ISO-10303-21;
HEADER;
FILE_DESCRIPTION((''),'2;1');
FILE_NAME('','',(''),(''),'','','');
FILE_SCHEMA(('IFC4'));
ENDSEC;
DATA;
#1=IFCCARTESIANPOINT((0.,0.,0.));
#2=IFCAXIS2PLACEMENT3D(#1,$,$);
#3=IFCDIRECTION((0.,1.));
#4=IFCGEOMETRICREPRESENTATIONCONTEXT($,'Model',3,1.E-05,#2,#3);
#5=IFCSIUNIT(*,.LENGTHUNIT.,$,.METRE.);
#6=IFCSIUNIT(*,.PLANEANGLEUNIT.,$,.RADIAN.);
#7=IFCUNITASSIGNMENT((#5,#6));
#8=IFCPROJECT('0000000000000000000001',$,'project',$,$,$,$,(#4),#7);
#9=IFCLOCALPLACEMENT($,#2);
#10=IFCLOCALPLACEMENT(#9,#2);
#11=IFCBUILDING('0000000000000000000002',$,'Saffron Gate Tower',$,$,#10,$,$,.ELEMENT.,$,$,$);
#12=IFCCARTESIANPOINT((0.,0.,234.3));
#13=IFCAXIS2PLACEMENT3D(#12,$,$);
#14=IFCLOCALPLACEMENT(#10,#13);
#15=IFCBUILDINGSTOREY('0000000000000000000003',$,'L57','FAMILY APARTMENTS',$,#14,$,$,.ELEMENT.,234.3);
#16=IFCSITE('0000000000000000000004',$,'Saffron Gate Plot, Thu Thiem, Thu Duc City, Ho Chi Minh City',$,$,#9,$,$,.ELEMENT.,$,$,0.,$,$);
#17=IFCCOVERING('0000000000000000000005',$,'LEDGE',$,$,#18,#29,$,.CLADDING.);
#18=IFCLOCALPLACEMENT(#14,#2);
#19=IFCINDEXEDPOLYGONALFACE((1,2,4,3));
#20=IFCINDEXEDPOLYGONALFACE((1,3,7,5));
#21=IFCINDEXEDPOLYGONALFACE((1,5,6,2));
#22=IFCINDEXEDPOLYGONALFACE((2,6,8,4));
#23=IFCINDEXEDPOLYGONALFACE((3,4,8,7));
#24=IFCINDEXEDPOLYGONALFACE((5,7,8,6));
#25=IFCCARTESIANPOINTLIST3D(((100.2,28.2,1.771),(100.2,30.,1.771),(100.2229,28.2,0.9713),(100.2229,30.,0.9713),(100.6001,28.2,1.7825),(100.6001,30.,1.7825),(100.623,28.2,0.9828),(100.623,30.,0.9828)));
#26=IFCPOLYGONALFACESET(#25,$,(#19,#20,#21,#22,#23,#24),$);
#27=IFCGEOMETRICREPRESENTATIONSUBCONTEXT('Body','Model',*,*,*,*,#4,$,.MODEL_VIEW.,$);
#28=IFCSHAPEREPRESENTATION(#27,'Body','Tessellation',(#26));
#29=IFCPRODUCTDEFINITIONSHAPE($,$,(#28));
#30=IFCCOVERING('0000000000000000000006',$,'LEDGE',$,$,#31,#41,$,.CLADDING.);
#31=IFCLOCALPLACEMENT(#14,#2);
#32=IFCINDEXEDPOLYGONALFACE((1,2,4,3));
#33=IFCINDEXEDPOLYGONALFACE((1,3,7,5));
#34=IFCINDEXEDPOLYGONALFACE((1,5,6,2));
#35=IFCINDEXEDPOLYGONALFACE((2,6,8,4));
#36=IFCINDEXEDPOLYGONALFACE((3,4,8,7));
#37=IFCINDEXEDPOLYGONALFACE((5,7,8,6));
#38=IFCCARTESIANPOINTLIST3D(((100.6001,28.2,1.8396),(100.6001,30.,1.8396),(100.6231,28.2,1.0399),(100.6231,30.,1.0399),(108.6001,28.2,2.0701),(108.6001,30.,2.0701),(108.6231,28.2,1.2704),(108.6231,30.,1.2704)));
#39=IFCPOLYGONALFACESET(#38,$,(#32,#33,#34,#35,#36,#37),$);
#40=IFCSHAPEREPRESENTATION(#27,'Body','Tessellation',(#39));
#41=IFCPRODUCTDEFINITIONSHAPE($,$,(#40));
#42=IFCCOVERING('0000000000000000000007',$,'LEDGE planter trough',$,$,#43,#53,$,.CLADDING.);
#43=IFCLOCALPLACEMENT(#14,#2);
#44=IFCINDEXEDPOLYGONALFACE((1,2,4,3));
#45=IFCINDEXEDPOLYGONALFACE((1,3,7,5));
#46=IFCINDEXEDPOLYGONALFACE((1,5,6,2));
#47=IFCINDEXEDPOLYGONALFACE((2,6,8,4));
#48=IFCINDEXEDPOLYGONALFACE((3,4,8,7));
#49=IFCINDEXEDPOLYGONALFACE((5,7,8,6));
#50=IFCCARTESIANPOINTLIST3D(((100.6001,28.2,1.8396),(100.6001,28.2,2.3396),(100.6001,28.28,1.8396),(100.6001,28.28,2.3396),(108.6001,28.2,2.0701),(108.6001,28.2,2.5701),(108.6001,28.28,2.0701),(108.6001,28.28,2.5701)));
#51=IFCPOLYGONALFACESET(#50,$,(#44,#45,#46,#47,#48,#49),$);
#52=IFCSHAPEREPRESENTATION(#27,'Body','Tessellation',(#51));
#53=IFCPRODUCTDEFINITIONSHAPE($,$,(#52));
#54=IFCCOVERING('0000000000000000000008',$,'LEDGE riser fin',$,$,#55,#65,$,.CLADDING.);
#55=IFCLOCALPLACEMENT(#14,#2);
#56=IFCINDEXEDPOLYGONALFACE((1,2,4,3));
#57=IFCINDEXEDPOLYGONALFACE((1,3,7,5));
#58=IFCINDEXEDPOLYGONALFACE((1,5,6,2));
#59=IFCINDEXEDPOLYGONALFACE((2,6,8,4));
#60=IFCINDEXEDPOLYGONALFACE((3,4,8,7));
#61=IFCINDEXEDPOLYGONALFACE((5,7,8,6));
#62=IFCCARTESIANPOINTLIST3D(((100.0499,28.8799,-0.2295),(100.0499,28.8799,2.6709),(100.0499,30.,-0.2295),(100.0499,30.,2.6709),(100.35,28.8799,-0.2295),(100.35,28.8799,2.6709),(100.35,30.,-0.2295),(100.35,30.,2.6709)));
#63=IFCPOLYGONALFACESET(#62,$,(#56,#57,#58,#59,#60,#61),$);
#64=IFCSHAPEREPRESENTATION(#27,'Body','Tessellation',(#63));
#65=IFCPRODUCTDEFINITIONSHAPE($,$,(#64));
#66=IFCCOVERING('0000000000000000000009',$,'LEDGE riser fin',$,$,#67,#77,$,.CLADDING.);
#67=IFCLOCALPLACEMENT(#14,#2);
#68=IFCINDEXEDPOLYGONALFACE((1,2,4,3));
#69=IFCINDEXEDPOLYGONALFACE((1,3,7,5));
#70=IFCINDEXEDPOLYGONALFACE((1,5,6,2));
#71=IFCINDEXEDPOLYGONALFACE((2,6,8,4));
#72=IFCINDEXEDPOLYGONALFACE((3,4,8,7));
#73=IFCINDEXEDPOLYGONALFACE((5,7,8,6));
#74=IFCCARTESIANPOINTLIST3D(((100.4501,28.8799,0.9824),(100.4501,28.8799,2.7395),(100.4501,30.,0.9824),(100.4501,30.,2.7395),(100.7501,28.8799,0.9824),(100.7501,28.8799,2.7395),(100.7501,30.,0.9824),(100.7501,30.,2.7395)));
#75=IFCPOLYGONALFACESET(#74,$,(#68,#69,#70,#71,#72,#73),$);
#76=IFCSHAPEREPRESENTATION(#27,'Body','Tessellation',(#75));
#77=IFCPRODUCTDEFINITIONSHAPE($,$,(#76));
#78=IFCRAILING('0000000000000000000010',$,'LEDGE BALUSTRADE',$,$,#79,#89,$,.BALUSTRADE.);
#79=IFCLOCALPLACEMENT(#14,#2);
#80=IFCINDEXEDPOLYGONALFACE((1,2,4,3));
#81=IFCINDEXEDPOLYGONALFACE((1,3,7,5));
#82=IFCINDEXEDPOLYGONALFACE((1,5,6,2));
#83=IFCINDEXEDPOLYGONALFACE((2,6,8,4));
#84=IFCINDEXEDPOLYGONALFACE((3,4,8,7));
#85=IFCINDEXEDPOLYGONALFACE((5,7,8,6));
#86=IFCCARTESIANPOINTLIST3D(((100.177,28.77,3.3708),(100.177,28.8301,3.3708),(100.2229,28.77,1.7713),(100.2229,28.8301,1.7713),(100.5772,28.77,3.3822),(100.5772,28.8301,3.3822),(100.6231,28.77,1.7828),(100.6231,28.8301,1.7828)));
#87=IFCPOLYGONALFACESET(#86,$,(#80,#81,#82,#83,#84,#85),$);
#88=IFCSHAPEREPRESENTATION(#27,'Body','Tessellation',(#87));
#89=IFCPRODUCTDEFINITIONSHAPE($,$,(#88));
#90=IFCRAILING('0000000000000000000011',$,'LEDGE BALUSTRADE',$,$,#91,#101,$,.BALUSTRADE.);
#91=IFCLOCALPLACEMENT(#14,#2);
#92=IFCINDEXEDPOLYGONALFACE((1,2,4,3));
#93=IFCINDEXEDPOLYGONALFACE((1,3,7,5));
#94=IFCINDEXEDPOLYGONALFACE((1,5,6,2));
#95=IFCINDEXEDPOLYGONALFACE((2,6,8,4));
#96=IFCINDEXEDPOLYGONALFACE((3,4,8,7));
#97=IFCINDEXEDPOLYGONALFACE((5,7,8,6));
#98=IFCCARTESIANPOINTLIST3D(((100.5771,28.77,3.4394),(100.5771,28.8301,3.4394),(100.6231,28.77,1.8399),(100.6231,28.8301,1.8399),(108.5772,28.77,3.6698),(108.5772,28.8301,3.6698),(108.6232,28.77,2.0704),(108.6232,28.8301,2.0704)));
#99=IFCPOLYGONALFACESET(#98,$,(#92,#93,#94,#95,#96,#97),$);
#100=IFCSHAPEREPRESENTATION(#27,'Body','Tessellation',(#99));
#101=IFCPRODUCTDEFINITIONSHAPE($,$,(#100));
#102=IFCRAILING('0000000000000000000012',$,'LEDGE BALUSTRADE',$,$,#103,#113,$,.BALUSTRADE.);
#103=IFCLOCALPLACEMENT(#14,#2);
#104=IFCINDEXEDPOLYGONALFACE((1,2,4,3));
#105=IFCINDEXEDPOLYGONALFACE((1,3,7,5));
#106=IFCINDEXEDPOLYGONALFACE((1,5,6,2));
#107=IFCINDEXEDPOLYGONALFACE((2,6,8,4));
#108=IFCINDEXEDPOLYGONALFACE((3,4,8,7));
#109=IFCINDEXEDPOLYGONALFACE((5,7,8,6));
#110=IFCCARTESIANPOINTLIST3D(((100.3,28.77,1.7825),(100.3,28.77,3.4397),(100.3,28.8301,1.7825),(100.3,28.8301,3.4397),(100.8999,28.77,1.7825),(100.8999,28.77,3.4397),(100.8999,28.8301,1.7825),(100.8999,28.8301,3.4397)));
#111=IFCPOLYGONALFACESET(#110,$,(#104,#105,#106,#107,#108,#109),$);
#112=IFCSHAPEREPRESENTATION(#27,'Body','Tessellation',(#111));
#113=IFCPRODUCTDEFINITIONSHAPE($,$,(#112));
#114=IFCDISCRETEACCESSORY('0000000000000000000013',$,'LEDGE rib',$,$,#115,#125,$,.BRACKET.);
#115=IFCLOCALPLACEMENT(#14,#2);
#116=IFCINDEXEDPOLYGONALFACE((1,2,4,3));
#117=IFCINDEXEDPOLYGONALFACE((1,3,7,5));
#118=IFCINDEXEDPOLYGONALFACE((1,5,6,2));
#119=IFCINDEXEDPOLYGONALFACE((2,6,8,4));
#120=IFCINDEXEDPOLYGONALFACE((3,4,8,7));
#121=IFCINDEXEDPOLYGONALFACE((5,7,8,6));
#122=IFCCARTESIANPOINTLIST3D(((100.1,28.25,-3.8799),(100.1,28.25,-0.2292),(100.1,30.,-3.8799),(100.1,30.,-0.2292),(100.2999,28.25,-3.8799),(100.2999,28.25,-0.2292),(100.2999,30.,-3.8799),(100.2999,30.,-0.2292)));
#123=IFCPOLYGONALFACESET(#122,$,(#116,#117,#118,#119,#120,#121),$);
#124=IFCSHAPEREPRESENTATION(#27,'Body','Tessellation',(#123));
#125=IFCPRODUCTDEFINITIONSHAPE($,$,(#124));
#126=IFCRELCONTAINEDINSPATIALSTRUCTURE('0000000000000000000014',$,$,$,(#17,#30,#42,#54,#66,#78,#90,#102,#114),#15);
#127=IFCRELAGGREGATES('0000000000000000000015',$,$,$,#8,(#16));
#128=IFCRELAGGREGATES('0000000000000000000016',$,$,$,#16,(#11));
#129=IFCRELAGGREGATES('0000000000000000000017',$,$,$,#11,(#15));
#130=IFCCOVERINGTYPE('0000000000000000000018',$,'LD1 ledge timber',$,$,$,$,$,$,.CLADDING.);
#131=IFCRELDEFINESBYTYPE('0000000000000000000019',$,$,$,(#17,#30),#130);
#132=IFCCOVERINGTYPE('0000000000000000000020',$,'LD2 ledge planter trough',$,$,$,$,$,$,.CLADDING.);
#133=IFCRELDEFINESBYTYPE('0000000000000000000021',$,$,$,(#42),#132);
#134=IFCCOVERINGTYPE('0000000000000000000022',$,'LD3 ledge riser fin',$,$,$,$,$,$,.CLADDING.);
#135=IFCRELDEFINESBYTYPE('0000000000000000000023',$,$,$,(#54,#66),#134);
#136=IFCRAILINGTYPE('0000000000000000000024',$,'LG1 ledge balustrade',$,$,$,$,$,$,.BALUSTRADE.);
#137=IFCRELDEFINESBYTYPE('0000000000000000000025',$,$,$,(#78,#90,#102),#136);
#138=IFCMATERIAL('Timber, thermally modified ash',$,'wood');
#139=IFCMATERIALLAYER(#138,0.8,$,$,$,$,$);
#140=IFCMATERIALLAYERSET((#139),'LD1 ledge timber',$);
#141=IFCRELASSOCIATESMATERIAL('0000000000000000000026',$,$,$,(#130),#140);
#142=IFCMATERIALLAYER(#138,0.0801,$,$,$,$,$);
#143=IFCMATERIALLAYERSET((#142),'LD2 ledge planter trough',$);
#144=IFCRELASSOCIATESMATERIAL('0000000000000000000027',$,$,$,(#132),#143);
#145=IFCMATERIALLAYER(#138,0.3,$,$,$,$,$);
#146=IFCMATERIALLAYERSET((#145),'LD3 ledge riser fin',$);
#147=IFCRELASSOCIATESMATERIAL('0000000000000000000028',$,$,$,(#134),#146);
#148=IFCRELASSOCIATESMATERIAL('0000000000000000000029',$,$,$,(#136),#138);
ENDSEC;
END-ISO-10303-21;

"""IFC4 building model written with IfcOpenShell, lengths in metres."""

from ifc_helpers import new_model, si_unit, direction, frame, origin, origin_2d, place, context, subcontext, project, spatial, polyline, rectangle, outline, extrude, material, layer, layer_set, type_object, element, save


model = new_model("IFC4")

# Units and contexts
model_context = context("Model", 3, precision=1e-05, world=origin(), true_north=direction((0.0, 1.0)))
body_context = subcontext(model_context, "Body", "Model", "MODEL_VIEW")
ifc_project = project(units=[si_unit("LENGTHUNIT", "METRE"), si_unit("PLANEANGLEUNIT", "RADIAN")], contexts=[model_context])

# Site, building, storey
site_placement = place(None, origin())
site = spatial("IfcSite", under=ifc_project, at=site_placement, Name="Saffron Gate Plot, Thu Thiem, Thu Duc City, Ho Chi Minh City", CompositionType="ELEMENT", RefElevation=0.0)
building_placement = place(site_placement, origin())
building = spatial("IfcBuilding", under=site, at=building_placement, Name="Saffron Gate Tower", CompositionType="ELEMENT")
storey_placement = place(building_placement, frame((0.0, 0.0, 234.3)))
storey = spatial("IfcBuildingStorey", under=building, at=storey_placement, Name="L57", Description="FAMILY APARTMENTS", CompositionType="ELEMENT", Elevation=234.3)

# Coverings
ifc_material_1 = material(Name="Timber, thermally modified ash", Category="wood")
ifc_layer_1 = layer(ifc_material_1, 0.8)
ifc_layer_set_1 = layer_set([ifc_layer_1], Name="LD1 ledge timber")
covering_type_1 = type_object("IfcCoveringType", Name="LD1 ledge timber", PredefinedType="CLADDING", material=ifc_layer_set_1)
covering_1_placement = place(storey_placement, frame((100.2, 30.0, 1.771), z_axis=(-0.028664, 0.0, 0.999589), x_axis=(0.999589, 0.0, 0.028664)))
element("IfcCovering", 1, at=covering_1_placement, inside=storey, type_object=covering_type_1, Name="LEDGE", PredefinedType="CLADDING", context=body_context, shape_type="SweptSolid", body=[
    extrude(outline(polyline([(0.0, 0.0), (0.4003, 0.0), (0.4003, -1.8), (0.0, -1.8), (0.0, 0.0)])), origin(), (0.0, 0.0, -1.0), 0.8),
])
covering_2_placement = place(storey_placement, frame((100.6001, 30.0, 1.8396), z_axis=(-0.028797, 0.0, 0.999585), x_axis=(0.999585, 0.0, 0.028797)))
element("IfcCovering", 2, at=covering_2_placement, inside=storey, type_object=covering_type_1, Name="LEDGE", PredefinedType="CLADDING", context=body_context, shape_type="SweptSolid", body=[
    extrude(outline(polyline([(0.0, 0.0), (8.0033, 0.0), (8.0033, -1.8), (0.0, -1.8), (0.0, 0.0)])), origin(), (0.0, 0.0, -1.0), 0.8),
])
ifc_layer_2 = layer(ifc_material_1, 0.0801)
ifc_layer_set_2 = layer_set([ifc_layer_2], Name="LD2 ledge planter trough")
covering_type_2 = type_object("IfcCoveringType", Name="LD2 ledge planter trough", PredefinedType="CLADDING", material=ifc_layer_set_2)
covering_3_placement = place(storey_placement, frame((100.6001, 28.2, 1.8396), z_axis=(0.0, -1.0, 0.0), x_axis=(0.999585, 0.0, 0.028797)))
element("IfcCovering", 3, at=covering_3_placement, inside=storey, type_object=covering_type_2, Name="LEDGE planter trough", PredefinedType="CLADDING", context=body_context, shape_type="SweptSolid", body=[
    extrude(outline(polyline([(0.0, 0.0), (8.0033, 0.0), (8.0177, 0.4998), (0.0144, 0.4998), (0.0, 0.0)])), origin(), (0.0, 0.0, -1.0), 0.0801),
])
ifc_layer_3 = layer(ifc_material_1, 0.3)
ifc_layer_set_3 = layer_set([ifc_layer_3], Name="LD3 ledge riser fin")
covering_type_3 = type_object("IfcCoveringType", Name="LD3 ledge riser fin", PredefinedType="CLADDING", material=ifc_layer_set_3)
covering_4_placement = place(storey_placement, frame((100.2, 29.4399, -0.2295), z_axis=(0.0, 0.0, 1.0), x_axis=(1.0, 0.0, 0.0)))
element("IfcCovering", 4, at=covering_4_placement, inside=storey, type_object=covering_type_3, Name="LEDGE riser fin", PredefinedType="CLADDING", context=body_context, shape_type="SweptSolid", body=[
    extrude(rectangle(XDim=0.3, YDim=1.1201, at=origin_2d()), origin(), (0.0, 0.0, 1.0), 2.9004),
])
covering_5_placement = place(storey_placement, frame((100.6001, 29.4399, 0.9824), z_axis=(0.0, 0.0, 1.0), x_axis=(1.0, 0.0, 0.0)))
element("IfcCovering", 5, at=covering_5_placement, inside=storey, type_object=covering_type_3, Name="LEDGE riser fin", PredefinedType="CLADDING", context=body_context, shape_type="SweptSolid", body=[
    extrude(rectangle(XDim=0.3, YDim=1.1201, at=origin_2d()), origin(), (0.0, 0.0, 1.0), 1.7571),
])

# Railings
railing_type_1 = type_object("IfcRailingType", Name="LG1 ledge balustrade", PredefinedType="BALUSTRADE", material=ifc_material_1)
railing_1_placement = place(storey_placement, frame((100.2, 28.8, 1.771)))
element("IfcRailing", 6, at=railing_1_placement, inside=storey, type_object=railing_type_1, Name="LEDGE BALUSTRADE", PredefinedType="BALUSTRADE", context=body_context, shape_type="SweptSolid", body=[
    extrude(rectangle(XDim=0.0601, YDim=1.6001, at=origin_2d()), frame((0.0, 0.0, 0.8), z_axis=(0.999589, 0.0, 0.028664), x_axis=(0.0, 1.0, 0.0)), (0.0, 0.0, 1.0), 0.4004),
])
railing_2_placement = place(storey_placement, frame((100.6001, 28.8, 1.8396)))
element("IfcRailing", 7, at=railing_2_placement, inside=storey, type_object=railing_type_1, Name="LEDGE BALUSTRADE", PredefinedType="BALUSTRADE", context=body_context, shape_type="SweptSolid", body=[
    extrude(rectangle(XDim=0.0601, YDim=1.6001, at=origin_2d()), frame((0.0, 0.0, 0.8), z_axis=(0.999585, 0.0, 0.028797), x_axis=(0.0, 1.0, 0.0)), (0.0, 0.0, 1.0), 8.0034),
])
railing_3_placement = place(storey_placement, frame((100.3, 28.8, 1.7825)))
element("IfcRailing", 8, at=railing_3_placement, inside=storey, type_object=railing_type_1, Name="LEDGE BALUSTRADE", PredefinedType="BALUSTRADE", context=body_context, shape_type="SweptSolid", body=[
    extrude(rectangle(XDim=0.0601, YDim=1.6572, at=origin_2d()), frame((0.0, 0.0, 0.8286), z_axis=(1.0, 0.0, 0.0), x_axis=(0.0, 1.0, 0.0)), (0.0, 0.0, 1.0), 0.5999),
])

# Discrete accessory
discrete_accessory_placement = place(storey_placement, frame((100.2, 29.125, -3.8799), z_axis=(0.0, 0.0, 1.0), x_axis=(1.0, 0.0, 0.0)))
element("IfcDiscreteAccessory", 9, at=discrete_accessory_placement, inside=storey, Name="LEDGE rib", PredefinedType="BRACKET", context=body_context, shape_type="SweptSolid", body=[
    extrude(rectangle(XDim=0.2, YDim=1.75, at=origin_2d()), origin(), (0.0, 0.0, 1.0), 3.6506),
])

save(model, "model.ifc")
